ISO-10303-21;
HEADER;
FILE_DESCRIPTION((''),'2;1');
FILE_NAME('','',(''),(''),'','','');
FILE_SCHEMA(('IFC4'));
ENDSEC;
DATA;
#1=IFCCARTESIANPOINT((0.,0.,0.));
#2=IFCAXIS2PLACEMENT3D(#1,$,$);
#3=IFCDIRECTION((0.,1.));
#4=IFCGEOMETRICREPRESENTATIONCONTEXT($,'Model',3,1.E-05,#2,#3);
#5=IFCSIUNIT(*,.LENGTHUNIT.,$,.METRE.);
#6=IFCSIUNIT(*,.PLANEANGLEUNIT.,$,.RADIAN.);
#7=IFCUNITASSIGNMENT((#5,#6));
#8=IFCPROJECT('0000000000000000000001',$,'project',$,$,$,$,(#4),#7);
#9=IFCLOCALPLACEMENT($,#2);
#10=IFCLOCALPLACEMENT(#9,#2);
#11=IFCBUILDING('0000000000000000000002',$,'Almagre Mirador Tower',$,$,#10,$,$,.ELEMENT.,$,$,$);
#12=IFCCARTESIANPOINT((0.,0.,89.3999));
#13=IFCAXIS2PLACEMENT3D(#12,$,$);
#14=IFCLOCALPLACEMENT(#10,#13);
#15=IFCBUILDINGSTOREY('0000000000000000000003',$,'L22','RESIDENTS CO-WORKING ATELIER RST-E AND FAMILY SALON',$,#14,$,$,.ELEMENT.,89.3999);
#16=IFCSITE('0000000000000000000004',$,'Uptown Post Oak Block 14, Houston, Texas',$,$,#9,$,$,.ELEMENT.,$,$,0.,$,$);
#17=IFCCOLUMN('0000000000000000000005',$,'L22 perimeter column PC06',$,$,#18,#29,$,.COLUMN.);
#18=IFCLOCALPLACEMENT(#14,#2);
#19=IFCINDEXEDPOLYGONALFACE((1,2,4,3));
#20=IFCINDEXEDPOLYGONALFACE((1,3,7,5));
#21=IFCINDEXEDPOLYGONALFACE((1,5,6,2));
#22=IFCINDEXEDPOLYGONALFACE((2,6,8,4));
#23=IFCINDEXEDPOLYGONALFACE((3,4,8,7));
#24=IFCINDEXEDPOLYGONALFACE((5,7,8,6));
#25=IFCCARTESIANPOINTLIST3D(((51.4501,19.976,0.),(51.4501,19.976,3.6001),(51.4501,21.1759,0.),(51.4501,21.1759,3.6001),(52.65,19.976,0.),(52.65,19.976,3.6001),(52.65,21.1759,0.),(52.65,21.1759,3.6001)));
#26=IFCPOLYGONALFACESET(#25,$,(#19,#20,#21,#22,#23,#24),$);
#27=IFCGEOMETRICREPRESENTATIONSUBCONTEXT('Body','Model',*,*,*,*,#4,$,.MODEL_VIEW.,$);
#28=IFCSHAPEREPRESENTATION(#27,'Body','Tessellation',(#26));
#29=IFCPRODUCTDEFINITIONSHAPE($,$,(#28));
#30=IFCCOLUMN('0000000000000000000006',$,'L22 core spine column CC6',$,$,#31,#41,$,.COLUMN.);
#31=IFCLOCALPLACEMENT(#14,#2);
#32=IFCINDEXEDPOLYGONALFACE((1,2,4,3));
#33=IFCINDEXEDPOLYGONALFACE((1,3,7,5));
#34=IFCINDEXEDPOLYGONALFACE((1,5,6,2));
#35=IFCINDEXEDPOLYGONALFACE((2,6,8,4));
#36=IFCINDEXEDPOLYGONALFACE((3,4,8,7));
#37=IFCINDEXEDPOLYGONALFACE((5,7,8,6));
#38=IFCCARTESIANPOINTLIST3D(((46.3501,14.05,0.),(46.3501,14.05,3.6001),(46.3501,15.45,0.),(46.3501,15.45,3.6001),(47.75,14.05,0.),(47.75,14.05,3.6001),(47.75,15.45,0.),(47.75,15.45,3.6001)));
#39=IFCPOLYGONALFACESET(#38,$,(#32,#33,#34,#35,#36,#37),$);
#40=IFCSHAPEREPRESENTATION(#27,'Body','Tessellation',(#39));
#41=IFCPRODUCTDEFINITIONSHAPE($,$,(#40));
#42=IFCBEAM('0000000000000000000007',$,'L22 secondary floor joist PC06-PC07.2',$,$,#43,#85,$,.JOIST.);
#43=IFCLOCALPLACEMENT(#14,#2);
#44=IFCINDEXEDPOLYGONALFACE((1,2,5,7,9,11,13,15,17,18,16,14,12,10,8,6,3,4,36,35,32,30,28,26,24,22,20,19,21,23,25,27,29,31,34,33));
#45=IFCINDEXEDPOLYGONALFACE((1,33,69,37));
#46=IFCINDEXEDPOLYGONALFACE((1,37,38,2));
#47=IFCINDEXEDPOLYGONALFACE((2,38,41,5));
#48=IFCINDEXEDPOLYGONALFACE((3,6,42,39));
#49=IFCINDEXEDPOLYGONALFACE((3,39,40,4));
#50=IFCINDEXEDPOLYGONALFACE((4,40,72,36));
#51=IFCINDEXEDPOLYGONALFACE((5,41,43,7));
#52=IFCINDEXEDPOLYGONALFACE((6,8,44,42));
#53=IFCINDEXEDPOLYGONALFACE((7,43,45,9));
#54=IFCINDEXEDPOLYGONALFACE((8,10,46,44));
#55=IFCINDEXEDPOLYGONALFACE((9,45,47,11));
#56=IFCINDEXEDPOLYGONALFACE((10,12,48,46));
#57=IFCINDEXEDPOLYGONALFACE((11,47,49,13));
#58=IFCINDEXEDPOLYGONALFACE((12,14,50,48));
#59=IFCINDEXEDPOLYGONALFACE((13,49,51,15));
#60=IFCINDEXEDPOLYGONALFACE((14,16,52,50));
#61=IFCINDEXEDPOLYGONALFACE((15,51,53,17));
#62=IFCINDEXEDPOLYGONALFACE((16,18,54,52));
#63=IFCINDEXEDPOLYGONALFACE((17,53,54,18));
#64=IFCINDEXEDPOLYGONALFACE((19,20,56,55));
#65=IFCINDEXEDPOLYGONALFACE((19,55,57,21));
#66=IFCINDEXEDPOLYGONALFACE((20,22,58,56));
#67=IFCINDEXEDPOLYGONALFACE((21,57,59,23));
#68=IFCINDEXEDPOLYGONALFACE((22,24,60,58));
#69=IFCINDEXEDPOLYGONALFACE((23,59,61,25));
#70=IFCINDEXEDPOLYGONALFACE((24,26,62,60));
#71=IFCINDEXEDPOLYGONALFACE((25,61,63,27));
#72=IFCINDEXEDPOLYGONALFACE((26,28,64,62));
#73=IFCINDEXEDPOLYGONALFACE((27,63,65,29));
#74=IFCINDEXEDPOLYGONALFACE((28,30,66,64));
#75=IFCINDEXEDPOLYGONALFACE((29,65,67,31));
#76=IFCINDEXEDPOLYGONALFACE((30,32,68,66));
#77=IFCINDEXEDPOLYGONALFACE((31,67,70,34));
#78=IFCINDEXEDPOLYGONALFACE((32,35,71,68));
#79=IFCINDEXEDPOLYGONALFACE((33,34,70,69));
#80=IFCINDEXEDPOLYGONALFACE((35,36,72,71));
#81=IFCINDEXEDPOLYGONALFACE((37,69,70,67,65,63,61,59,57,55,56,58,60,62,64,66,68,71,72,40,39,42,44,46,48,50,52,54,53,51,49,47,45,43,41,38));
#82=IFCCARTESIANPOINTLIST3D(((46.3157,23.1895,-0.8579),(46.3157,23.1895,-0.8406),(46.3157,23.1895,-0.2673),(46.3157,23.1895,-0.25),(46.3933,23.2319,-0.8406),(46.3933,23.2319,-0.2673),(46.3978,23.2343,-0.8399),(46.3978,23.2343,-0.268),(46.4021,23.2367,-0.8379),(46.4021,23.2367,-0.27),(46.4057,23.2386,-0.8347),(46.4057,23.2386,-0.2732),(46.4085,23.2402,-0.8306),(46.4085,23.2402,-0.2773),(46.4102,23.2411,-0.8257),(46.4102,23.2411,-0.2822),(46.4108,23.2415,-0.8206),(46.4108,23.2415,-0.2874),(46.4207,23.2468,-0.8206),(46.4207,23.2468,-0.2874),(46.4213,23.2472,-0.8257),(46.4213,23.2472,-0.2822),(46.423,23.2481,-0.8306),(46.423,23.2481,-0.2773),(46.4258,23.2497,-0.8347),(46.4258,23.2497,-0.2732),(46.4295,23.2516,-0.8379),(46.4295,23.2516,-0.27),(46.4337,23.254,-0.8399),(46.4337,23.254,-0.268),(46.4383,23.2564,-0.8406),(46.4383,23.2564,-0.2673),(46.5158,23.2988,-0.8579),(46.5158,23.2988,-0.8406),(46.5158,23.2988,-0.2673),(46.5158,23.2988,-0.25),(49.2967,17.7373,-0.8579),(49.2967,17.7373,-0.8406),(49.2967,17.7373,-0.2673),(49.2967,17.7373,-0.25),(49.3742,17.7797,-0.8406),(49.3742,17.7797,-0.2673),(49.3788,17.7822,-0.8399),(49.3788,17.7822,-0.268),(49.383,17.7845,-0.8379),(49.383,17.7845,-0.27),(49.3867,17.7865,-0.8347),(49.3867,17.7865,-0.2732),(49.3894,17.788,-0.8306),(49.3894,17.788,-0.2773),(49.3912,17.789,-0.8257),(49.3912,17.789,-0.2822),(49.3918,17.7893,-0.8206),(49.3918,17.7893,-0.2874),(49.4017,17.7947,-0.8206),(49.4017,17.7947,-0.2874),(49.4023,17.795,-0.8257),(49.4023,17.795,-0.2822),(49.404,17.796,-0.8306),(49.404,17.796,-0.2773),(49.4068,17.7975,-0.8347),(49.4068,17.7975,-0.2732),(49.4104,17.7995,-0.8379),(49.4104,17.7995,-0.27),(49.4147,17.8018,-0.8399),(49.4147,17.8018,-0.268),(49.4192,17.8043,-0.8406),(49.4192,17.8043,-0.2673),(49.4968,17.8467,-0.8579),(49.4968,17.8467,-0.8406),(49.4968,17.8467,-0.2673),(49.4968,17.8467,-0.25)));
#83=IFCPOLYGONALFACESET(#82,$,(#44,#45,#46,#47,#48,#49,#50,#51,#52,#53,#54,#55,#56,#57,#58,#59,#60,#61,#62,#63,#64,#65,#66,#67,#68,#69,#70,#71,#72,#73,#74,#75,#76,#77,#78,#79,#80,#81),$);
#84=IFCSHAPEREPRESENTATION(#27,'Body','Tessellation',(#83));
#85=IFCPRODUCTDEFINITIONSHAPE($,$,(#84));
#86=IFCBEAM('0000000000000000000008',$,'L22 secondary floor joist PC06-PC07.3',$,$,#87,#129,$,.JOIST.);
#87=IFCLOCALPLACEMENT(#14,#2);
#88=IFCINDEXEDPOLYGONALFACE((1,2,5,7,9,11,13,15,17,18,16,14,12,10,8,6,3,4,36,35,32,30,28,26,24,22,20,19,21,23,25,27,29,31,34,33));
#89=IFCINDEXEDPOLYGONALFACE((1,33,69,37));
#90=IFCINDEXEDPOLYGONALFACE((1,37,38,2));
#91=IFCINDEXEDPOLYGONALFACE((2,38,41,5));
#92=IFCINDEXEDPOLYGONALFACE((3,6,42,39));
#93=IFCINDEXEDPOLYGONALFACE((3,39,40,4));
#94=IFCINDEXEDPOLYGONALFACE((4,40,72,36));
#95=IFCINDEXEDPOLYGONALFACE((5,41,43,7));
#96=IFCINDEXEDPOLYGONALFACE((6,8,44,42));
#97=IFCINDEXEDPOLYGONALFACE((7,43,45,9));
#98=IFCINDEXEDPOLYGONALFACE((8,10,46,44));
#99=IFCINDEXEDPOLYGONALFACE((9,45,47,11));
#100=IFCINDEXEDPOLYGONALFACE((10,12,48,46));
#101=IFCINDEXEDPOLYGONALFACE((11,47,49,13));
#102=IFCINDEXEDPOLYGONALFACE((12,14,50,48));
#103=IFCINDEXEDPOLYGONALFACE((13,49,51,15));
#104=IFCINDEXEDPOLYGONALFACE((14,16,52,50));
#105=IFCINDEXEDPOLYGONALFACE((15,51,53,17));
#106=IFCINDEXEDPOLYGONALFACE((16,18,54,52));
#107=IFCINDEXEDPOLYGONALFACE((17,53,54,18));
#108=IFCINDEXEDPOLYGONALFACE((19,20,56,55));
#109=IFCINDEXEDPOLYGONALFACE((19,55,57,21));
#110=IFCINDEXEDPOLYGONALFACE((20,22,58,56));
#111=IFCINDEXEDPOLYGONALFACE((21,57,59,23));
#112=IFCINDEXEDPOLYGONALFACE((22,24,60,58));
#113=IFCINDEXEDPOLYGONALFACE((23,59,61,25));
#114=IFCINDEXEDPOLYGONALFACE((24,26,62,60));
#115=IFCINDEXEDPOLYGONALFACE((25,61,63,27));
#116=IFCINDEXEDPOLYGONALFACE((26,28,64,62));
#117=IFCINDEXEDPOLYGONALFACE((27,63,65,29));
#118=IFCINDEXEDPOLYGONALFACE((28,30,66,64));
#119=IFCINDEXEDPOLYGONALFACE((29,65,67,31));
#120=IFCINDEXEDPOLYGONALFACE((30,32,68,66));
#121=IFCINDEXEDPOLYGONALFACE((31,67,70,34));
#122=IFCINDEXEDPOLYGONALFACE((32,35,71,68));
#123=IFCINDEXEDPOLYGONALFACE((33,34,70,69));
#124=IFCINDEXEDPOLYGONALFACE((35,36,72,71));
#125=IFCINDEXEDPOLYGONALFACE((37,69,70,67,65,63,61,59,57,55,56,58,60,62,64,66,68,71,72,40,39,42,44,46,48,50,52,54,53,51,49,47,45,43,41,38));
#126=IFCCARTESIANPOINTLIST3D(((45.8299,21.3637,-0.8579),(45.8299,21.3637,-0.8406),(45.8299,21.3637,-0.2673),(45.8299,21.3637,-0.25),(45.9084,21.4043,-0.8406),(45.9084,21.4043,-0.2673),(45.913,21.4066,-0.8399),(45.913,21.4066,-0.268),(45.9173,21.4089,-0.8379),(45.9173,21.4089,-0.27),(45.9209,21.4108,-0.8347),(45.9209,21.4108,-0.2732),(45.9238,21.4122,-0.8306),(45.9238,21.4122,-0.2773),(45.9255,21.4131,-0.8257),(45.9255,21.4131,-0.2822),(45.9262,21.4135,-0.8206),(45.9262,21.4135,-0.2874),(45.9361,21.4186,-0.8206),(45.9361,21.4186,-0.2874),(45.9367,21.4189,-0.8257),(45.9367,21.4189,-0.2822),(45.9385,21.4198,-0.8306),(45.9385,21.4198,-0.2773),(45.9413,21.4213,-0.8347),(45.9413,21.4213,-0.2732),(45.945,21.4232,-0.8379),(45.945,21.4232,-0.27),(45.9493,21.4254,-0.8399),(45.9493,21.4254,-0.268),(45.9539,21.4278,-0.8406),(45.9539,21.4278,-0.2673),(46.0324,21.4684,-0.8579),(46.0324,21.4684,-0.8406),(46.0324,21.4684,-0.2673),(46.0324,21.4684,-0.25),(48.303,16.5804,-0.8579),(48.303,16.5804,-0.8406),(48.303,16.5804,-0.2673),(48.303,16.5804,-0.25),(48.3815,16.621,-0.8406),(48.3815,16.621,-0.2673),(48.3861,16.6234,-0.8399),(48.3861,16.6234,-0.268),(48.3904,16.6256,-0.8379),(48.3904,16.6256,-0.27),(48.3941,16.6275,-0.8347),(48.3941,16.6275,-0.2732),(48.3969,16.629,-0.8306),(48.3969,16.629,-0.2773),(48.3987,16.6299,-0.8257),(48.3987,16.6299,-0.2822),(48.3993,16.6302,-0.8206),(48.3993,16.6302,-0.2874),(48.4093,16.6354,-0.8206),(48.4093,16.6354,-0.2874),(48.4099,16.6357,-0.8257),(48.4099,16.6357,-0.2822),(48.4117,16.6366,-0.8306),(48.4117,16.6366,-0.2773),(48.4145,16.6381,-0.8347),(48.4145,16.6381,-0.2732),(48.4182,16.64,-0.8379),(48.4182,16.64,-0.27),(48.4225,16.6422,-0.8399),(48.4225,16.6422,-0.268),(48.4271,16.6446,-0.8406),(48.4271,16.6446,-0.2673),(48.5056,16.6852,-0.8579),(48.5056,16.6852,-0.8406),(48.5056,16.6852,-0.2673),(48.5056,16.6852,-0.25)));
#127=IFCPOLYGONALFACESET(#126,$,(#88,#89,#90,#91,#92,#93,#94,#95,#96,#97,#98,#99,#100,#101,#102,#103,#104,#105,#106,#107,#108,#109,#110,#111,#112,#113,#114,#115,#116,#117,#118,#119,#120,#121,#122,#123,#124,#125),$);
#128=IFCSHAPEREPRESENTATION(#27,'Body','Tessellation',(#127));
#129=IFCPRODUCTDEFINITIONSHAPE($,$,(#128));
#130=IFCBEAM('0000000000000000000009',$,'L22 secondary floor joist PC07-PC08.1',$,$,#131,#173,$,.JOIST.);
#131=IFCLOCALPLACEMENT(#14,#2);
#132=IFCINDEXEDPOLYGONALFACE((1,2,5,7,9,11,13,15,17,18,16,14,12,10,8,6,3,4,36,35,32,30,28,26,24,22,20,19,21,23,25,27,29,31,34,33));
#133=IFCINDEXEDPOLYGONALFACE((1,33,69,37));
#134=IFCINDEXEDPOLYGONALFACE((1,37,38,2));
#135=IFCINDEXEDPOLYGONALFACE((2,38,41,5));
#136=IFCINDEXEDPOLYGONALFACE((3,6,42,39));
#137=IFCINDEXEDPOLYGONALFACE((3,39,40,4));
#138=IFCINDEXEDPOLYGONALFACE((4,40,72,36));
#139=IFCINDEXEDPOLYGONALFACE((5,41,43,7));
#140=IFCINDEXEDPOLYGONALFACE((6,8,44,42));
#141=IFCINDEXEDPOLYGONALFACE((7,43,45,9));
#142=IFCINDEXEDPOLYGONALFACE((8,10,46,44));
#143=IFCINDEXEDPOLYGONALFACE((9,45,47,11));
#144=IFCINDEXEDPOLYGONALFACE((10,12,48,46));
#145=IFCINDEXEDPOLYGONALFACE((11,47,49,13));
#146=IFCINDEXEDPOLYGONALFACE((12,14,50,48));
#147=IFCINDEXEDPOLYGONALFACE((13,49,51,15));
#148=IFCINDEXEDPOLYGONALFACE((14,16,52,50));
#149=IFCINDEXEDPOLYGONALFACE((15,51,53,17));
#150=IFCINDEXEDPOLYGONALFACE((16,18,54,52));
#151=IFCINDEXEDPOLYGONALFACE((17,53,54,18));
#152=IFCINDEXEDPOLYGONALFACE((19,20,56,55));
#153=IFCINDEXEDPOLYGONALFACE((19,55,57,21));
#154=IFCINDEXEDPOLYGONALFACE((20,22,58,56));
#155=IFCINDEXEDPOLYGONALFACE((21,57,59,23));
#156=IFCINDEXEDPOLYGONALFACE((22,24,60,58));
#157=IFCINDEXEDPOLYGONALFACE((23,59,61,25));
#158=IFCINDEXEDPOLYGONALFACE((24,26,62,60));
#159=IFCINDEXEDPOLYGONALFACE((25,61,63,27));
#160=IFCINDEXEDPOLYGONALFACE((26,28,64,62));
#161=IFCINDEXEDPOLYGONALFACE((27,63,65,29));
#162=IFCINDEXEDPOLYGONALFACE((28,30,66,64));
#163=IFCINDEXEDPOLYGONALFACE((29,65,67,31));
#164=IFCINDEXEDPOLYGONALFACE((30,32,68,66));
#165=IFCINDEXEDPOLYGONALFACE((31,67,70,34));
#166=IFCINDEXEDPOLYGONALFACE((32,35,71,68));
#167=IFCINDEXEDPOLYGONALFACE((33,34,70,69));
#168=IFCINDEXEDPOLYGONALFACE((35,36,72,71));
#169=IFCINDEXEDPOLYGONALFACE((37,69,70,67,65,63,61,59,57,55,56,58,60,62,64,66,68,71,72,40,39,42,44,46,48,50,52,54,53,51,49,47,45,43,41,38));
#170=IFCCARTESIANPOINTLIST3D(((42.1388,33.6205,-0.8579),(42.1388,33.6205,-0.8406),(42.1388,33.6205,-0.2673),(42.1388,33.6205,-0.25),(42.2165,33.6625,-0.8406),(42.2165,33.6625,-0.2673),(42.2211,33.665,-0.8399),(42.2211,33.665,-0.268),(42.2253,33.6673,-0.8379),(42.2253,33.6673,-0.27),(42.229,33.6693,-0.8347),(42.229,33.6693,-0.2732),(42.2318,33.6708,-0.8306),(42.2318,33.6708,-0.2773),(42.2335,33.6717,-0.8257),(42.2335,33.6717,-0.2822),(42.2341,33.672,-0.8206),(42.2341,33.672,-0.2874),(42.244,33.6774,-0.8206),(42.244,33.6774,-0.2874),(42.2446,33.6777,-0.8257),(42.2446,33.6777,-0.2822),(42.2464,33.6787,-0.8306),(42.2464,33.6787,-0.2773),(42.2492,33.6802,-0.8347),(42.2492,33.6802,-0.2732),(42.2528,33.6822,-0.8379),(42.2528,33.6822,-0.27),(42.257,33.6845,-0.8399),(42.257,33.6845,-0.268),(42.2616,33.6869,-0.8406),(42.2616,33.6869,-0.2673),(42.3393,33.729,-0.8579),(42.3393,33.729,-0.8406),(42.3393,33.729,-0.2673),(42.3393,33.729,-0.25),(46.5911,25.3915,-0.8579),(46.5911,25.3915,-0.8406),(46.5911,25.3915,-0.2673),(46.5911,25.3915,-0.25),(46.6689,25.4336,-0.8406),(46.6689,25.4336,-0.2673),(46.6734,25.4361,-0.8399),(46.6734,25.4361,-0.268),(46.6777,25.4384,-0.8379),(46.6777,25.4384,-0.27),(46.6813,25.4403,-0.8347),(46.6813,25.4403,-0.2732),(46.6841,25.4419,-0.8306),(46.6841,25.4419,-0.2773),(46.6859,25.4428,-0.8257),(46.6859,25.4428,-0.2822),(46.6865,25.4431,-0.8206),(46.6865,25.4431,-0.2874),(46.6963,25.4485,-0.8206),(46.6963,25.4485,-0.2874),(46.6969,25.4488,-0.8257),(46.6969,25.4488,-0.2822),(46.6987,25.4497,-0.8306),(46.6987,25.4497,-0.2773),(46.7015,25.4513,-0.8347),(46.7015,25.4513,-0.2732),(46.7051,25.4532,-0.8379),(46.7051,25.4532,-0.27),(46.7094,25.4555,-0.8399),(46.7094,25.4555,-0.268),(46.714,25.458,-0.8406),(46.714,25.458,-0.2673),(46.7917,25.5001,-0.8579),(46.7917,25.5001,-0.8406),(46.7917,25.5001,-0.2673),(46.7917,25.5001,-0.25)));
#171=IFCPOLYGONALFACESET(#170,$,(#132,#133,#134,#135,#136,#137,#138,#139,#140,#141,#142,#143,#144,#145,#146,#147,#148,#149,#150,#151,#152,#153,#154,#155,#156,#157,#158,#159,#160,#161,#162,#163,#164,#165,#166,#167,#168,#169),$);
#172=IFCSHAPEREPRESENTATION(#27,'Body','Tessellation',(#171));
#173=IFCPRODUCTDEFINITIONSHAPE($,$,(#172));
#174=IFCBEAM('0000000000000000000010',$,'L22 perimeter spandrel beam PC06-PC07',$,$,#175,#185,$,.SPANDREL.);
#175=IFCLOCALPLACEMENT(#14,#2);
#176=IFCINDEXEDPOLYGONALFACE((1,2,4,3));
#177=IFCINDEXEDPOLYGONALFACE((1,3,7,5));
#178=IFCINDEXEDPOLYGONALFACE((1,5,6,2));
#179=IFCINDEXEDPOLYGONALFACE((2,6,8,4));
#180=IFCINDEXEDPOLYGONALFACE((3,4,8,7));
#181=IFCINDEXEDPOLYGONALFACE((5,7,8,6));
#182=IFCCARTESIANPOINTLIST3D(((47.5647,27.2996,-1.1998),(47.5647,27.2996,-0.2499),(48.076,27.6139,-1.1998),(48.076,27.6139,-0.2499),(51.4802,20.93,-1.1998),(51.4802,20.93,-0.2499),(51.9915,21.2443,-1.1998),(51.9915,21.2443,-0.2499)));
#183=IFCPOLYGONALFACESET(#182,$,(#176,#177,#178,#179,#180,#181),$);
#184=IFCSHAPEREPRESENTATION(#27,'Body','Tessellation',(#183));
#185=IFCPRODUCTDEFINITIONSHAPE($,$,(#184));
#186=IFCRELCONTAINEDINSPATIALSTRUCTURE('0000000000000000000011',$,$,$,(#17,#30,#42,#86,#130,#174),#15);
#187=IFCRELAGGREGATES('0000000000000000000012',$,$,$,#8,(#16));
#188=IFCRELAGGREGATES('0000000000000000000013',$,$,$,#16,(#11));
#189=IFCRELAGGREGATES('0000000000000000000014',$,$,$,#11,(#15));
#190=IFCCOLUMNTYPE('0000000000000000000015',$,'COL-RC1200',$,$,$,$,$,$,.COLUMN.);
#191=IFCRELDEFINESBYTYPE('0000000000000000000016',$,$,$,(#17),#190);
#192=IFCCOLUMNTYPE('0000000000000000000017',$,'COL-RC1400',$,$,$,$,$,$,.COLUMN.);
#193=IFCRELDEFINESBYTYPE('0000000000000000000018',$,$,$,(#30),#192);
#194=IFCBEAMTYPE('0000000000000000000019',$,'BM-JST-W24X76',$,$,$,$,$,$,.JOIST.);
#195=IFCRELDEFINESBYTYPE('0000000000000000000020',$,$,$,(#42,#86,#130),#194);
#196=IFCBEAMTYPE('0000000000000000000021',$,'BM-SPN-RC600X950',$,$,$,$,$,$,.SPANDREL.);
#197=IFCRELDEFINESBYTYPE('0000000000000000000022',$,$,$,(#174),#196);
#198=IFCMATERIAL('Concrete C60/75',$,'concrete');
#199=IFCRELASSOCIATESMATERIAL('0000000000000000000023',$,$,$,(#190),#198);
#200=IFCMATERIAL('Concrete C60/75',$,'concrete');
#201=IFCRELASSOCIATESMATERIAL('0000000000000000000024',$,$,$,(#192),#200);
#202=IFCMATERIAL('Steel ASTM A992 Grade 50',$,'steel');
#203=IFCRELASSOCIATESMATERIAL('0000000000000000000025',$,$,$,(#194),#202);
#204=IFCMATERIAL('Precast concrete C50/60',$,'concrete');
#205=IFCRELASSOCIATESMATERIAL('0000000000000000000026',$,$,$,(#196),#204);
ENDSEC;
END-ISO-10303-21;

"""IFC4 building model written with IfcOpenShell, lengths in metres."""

from ifc_helpers import new_model, si_unit, direction, frame, origin, origin_2d, place, context, subcontext, project, spatial, rectangle, i_section, extrude, material, material_profile, profile_set, type_object, element, save


model = new_model("IFC4")

# Units and contexts
model_context = context("Model", 3, precision=1e-05, world=origin(), true_north=direction((0.0, 1.0)))
body_context = subcontext(model_context, "Body", "Model", "MODEL_VIEW")
ifc_project = project(units=[si_unit("LENGTHUNIT", "METRE"), si_unit("PLANEANGLEUNIT", "RADIAN")], contexts=[model_context])

# Site, building, storey
site_placement = place(None, origin())
site = spatial("IfcSite", under=ifc_project, at=site_placement, Name="Uptown Post Oak Block 14, Houston, Texas", CompositionType="ELEMENT", RefElevation=0.0)
building_placement = place(site_placement, origin())
building = spatial("IfcBuilding", under=site, at=building_placement, Name="Almagre Mirador Tower", CompositionType="ELEMENT")
storey_placement = place(building_placement, frame((0.0, 0.0, 89.3999)))
storey = spatial("IfcBuildingStorey", under=building, at=storey_placement, Name="L22", Description="RESIDENTS CO-WORKING ATELIER RST-E AND FAMILY SALON", CompositionType="ELEMENT", Elevation=89.3999)

# Columns
ifc_material_1 = material(Name="Concrete C60/75", Category="concrete")
ifc_material_profile_1 = material_profile(ifc_material_1, rectangle(XDim=1.2, YDim=1.2, at=origin_2d()), Name="RC1200X1200")
ifc_profile_set_1 = profile_set([ifc_material_profile_1], Name="Concrete C60/75")
column_type_1 = type_object("IfcColumnType", Name="COL-RC1200", PredefinedType="COLUMN", material=ifc_profile_set_1)
column_1_placement = place(storey_placement, frame((52.05, 20.5759, 0.0), z_axis=(0.0, 0.0, 1.0), x_axis=(1.0, 0.0, 0.0)))
element("IfcColumn", 1, at=column_1_placement, inside=storey, type_object=column_type_1, Name="L22 perimeter column PC06", PredefinedType="COLUMN", context=body_context, shape_type="SweptSolid", body=[
    extrude(rectangle(XDim=1.2, YDim=1.2, at=origin_2d()), origin(), (0.0, 0.0, 1.0), 3.6001),
])
ifc_material_2 = material(Name="Concrete C60/75", Category="concrete")
ifc_material_profile_2 = material_profile(ifc_material_2, rectangle(XDim=1.3999, YDim=1.3999, at=origin_2d()), Name="RC1400X1400")
ifc_profile_set_2 = profile_set([ifc_material_profile_2], Name="Concrete C60/75")
column_type_2 = type_object("IfcColumnType", Name="COL-RC1400", PredefinedType="COLUMN", material=ifc_profile_set_2)
column_2_placement = place(storey_placement, frame((47.05, 14.75, 0.0), z_axis=(0.0, 0.0, 1.0), x_axis=(1.0, 0.0, 0.0)))
element("IfcColumn", 2, at=column_2_placement, inside=storey, type_object=column_type_2, Name="L22 core spine column CC6", PredefinedType="COLUMN", context=body_context, shape_type="SweptSolid", body=[
    extrude(rectangle(XDim=1.3999, YDim=1.3999, at=origin_2d()), origin(), (0.0, 0.0, 1.0), 3.6001),
])

# Beams
ifc_material_3 = material(Name="Steel ASTM A992 Grade 50", Category="steel")
ifc_material_profile_3 = material_profile(ifc_material_3, i_section(OverallWidth=0.228, OverallDepth=0.6079, WebThickness=0.0112, FlangeThickness=0.0173, FilletRadius=0.02, at=origin_2d()), Name="W24X76")
ifc_profile_set_3 = profile_set([ifc_material_profile_3], Name="Steel ASTM A992 Grade 50")
beam_type_1 = type_object("IfcBeamType", Name="BM-JST-W24X76", PredefinedType="JOIST", material=ifc_profile_set_3)
beam_1_placement = place(storey_placement, frame((49.3967, 17.792, -0.554), z_axis=(-0.479727, 0.877418, 0.0), x_axis=(-0.877418, -0.479727, 0.0)))
element("IfcBeam", 3, at=beam_1_placement, inside=storey, type_object=beam_type_1, Name="L22 secondary floor joist PC06-PC07.2", PredefinedType="JOIST", context=body_context, shape_type="SweptSolid", body=[
    extrude(i_section(OverallWidth=0.228, OverallDepth=0.6079, WebThickness=0.0112, FlangeThickness=0.0173, FilletRadius=0.02, at=origin_2d()), origin(), (0.0, 0.0, 1.0), 6.2139),
])
beam_2_placement = place(storey_placement, frame((48.4043, 16.6328, -0.554), z_axis=(-0.459287, 0.888288, 0.0), x_axis=(-0.888288, -0.459287, 0.0)))
element("IfcBeam", 4, at=beam_2_placement, inside=storey, type_object=beam_type_1, Name="L22 secondary floor joist PC06-PC07.3", PredefinedType="JOIST", context=body_context, shape_type="SweptSolid", body=[
    extrude(i_section(OverallWidth=0.228, OverallDepth=0.6079, WebThickness=0.0112, FlangeThickness=0.0173, FilletRadius=0.02, at=origin_2d()), origin(), (0.0, 0.0, 1.0), 5.3848),
])
beam_3_placement = place(storey_placement, frame((46.6914, 25.4458, -0.554), z_axis=(-0.475871, 0.879515, 0.0), x_axis=(-0.879515, -0.475871, 0.0)))
element("IfcBeam", 5, at=beam_3_placement, inside=storey, type_object=beam_type_1, Name="L22 secondary floor joist PC07-PC08.1", PredefinedType="JOIST", context=body_context, shape_type="SweptSolid", body=[
    extrude(i_section(OverallWidth=0.228, OverallDepth=0.6079, WebThickness=0.0112, FlangeThickness=0.0173, FilletRadius=0.02, at=origin_2d()), origin(), (0.0, 0.0, 1.0), 9.3562),
])
ifc_material_4 = material(Name="Precast concrete C50/60", Category="concrete")
ifc_material_profile_4 = material_profile(ifc_material_4, rectangle(XDim=0.6001, YDim=0.95, at=origin_2d()), Name="RC600X950")
ifc_profile_set_4 = profile_set([ifc_material_profile_4], Name="Precast concrete C50/60")
beam_type_2 = type_object("IfcBeamType", Name="BM-SPN-RC600X950", PredefinedType="SPANDREL", material=ifc_profile_set_4)
beam_4_placement = place(storey_placement, frame((51.7358, 21.0872, -0.7249), z_axis=(-0.523686, 0.851912, 0.0), x_axis=(-0.851912, -0.523686, 0.0)))
element("IfcBeam", 6, at=beam_4_placement, inside=storey, type_object=beam_type_2, Name="L22 perimeter spandrel beam PC06-PC07", PredefinedType="SPANDREL", context=body_context, shape_type="SweptSolid", body=[
    extrude(rectangle(XDim=0.6001, YDim=0.95, at=origin_2d()), origin(), (0.0, 0.0, 1.0), 7.4768),
])

save(model, "model.ifc")
